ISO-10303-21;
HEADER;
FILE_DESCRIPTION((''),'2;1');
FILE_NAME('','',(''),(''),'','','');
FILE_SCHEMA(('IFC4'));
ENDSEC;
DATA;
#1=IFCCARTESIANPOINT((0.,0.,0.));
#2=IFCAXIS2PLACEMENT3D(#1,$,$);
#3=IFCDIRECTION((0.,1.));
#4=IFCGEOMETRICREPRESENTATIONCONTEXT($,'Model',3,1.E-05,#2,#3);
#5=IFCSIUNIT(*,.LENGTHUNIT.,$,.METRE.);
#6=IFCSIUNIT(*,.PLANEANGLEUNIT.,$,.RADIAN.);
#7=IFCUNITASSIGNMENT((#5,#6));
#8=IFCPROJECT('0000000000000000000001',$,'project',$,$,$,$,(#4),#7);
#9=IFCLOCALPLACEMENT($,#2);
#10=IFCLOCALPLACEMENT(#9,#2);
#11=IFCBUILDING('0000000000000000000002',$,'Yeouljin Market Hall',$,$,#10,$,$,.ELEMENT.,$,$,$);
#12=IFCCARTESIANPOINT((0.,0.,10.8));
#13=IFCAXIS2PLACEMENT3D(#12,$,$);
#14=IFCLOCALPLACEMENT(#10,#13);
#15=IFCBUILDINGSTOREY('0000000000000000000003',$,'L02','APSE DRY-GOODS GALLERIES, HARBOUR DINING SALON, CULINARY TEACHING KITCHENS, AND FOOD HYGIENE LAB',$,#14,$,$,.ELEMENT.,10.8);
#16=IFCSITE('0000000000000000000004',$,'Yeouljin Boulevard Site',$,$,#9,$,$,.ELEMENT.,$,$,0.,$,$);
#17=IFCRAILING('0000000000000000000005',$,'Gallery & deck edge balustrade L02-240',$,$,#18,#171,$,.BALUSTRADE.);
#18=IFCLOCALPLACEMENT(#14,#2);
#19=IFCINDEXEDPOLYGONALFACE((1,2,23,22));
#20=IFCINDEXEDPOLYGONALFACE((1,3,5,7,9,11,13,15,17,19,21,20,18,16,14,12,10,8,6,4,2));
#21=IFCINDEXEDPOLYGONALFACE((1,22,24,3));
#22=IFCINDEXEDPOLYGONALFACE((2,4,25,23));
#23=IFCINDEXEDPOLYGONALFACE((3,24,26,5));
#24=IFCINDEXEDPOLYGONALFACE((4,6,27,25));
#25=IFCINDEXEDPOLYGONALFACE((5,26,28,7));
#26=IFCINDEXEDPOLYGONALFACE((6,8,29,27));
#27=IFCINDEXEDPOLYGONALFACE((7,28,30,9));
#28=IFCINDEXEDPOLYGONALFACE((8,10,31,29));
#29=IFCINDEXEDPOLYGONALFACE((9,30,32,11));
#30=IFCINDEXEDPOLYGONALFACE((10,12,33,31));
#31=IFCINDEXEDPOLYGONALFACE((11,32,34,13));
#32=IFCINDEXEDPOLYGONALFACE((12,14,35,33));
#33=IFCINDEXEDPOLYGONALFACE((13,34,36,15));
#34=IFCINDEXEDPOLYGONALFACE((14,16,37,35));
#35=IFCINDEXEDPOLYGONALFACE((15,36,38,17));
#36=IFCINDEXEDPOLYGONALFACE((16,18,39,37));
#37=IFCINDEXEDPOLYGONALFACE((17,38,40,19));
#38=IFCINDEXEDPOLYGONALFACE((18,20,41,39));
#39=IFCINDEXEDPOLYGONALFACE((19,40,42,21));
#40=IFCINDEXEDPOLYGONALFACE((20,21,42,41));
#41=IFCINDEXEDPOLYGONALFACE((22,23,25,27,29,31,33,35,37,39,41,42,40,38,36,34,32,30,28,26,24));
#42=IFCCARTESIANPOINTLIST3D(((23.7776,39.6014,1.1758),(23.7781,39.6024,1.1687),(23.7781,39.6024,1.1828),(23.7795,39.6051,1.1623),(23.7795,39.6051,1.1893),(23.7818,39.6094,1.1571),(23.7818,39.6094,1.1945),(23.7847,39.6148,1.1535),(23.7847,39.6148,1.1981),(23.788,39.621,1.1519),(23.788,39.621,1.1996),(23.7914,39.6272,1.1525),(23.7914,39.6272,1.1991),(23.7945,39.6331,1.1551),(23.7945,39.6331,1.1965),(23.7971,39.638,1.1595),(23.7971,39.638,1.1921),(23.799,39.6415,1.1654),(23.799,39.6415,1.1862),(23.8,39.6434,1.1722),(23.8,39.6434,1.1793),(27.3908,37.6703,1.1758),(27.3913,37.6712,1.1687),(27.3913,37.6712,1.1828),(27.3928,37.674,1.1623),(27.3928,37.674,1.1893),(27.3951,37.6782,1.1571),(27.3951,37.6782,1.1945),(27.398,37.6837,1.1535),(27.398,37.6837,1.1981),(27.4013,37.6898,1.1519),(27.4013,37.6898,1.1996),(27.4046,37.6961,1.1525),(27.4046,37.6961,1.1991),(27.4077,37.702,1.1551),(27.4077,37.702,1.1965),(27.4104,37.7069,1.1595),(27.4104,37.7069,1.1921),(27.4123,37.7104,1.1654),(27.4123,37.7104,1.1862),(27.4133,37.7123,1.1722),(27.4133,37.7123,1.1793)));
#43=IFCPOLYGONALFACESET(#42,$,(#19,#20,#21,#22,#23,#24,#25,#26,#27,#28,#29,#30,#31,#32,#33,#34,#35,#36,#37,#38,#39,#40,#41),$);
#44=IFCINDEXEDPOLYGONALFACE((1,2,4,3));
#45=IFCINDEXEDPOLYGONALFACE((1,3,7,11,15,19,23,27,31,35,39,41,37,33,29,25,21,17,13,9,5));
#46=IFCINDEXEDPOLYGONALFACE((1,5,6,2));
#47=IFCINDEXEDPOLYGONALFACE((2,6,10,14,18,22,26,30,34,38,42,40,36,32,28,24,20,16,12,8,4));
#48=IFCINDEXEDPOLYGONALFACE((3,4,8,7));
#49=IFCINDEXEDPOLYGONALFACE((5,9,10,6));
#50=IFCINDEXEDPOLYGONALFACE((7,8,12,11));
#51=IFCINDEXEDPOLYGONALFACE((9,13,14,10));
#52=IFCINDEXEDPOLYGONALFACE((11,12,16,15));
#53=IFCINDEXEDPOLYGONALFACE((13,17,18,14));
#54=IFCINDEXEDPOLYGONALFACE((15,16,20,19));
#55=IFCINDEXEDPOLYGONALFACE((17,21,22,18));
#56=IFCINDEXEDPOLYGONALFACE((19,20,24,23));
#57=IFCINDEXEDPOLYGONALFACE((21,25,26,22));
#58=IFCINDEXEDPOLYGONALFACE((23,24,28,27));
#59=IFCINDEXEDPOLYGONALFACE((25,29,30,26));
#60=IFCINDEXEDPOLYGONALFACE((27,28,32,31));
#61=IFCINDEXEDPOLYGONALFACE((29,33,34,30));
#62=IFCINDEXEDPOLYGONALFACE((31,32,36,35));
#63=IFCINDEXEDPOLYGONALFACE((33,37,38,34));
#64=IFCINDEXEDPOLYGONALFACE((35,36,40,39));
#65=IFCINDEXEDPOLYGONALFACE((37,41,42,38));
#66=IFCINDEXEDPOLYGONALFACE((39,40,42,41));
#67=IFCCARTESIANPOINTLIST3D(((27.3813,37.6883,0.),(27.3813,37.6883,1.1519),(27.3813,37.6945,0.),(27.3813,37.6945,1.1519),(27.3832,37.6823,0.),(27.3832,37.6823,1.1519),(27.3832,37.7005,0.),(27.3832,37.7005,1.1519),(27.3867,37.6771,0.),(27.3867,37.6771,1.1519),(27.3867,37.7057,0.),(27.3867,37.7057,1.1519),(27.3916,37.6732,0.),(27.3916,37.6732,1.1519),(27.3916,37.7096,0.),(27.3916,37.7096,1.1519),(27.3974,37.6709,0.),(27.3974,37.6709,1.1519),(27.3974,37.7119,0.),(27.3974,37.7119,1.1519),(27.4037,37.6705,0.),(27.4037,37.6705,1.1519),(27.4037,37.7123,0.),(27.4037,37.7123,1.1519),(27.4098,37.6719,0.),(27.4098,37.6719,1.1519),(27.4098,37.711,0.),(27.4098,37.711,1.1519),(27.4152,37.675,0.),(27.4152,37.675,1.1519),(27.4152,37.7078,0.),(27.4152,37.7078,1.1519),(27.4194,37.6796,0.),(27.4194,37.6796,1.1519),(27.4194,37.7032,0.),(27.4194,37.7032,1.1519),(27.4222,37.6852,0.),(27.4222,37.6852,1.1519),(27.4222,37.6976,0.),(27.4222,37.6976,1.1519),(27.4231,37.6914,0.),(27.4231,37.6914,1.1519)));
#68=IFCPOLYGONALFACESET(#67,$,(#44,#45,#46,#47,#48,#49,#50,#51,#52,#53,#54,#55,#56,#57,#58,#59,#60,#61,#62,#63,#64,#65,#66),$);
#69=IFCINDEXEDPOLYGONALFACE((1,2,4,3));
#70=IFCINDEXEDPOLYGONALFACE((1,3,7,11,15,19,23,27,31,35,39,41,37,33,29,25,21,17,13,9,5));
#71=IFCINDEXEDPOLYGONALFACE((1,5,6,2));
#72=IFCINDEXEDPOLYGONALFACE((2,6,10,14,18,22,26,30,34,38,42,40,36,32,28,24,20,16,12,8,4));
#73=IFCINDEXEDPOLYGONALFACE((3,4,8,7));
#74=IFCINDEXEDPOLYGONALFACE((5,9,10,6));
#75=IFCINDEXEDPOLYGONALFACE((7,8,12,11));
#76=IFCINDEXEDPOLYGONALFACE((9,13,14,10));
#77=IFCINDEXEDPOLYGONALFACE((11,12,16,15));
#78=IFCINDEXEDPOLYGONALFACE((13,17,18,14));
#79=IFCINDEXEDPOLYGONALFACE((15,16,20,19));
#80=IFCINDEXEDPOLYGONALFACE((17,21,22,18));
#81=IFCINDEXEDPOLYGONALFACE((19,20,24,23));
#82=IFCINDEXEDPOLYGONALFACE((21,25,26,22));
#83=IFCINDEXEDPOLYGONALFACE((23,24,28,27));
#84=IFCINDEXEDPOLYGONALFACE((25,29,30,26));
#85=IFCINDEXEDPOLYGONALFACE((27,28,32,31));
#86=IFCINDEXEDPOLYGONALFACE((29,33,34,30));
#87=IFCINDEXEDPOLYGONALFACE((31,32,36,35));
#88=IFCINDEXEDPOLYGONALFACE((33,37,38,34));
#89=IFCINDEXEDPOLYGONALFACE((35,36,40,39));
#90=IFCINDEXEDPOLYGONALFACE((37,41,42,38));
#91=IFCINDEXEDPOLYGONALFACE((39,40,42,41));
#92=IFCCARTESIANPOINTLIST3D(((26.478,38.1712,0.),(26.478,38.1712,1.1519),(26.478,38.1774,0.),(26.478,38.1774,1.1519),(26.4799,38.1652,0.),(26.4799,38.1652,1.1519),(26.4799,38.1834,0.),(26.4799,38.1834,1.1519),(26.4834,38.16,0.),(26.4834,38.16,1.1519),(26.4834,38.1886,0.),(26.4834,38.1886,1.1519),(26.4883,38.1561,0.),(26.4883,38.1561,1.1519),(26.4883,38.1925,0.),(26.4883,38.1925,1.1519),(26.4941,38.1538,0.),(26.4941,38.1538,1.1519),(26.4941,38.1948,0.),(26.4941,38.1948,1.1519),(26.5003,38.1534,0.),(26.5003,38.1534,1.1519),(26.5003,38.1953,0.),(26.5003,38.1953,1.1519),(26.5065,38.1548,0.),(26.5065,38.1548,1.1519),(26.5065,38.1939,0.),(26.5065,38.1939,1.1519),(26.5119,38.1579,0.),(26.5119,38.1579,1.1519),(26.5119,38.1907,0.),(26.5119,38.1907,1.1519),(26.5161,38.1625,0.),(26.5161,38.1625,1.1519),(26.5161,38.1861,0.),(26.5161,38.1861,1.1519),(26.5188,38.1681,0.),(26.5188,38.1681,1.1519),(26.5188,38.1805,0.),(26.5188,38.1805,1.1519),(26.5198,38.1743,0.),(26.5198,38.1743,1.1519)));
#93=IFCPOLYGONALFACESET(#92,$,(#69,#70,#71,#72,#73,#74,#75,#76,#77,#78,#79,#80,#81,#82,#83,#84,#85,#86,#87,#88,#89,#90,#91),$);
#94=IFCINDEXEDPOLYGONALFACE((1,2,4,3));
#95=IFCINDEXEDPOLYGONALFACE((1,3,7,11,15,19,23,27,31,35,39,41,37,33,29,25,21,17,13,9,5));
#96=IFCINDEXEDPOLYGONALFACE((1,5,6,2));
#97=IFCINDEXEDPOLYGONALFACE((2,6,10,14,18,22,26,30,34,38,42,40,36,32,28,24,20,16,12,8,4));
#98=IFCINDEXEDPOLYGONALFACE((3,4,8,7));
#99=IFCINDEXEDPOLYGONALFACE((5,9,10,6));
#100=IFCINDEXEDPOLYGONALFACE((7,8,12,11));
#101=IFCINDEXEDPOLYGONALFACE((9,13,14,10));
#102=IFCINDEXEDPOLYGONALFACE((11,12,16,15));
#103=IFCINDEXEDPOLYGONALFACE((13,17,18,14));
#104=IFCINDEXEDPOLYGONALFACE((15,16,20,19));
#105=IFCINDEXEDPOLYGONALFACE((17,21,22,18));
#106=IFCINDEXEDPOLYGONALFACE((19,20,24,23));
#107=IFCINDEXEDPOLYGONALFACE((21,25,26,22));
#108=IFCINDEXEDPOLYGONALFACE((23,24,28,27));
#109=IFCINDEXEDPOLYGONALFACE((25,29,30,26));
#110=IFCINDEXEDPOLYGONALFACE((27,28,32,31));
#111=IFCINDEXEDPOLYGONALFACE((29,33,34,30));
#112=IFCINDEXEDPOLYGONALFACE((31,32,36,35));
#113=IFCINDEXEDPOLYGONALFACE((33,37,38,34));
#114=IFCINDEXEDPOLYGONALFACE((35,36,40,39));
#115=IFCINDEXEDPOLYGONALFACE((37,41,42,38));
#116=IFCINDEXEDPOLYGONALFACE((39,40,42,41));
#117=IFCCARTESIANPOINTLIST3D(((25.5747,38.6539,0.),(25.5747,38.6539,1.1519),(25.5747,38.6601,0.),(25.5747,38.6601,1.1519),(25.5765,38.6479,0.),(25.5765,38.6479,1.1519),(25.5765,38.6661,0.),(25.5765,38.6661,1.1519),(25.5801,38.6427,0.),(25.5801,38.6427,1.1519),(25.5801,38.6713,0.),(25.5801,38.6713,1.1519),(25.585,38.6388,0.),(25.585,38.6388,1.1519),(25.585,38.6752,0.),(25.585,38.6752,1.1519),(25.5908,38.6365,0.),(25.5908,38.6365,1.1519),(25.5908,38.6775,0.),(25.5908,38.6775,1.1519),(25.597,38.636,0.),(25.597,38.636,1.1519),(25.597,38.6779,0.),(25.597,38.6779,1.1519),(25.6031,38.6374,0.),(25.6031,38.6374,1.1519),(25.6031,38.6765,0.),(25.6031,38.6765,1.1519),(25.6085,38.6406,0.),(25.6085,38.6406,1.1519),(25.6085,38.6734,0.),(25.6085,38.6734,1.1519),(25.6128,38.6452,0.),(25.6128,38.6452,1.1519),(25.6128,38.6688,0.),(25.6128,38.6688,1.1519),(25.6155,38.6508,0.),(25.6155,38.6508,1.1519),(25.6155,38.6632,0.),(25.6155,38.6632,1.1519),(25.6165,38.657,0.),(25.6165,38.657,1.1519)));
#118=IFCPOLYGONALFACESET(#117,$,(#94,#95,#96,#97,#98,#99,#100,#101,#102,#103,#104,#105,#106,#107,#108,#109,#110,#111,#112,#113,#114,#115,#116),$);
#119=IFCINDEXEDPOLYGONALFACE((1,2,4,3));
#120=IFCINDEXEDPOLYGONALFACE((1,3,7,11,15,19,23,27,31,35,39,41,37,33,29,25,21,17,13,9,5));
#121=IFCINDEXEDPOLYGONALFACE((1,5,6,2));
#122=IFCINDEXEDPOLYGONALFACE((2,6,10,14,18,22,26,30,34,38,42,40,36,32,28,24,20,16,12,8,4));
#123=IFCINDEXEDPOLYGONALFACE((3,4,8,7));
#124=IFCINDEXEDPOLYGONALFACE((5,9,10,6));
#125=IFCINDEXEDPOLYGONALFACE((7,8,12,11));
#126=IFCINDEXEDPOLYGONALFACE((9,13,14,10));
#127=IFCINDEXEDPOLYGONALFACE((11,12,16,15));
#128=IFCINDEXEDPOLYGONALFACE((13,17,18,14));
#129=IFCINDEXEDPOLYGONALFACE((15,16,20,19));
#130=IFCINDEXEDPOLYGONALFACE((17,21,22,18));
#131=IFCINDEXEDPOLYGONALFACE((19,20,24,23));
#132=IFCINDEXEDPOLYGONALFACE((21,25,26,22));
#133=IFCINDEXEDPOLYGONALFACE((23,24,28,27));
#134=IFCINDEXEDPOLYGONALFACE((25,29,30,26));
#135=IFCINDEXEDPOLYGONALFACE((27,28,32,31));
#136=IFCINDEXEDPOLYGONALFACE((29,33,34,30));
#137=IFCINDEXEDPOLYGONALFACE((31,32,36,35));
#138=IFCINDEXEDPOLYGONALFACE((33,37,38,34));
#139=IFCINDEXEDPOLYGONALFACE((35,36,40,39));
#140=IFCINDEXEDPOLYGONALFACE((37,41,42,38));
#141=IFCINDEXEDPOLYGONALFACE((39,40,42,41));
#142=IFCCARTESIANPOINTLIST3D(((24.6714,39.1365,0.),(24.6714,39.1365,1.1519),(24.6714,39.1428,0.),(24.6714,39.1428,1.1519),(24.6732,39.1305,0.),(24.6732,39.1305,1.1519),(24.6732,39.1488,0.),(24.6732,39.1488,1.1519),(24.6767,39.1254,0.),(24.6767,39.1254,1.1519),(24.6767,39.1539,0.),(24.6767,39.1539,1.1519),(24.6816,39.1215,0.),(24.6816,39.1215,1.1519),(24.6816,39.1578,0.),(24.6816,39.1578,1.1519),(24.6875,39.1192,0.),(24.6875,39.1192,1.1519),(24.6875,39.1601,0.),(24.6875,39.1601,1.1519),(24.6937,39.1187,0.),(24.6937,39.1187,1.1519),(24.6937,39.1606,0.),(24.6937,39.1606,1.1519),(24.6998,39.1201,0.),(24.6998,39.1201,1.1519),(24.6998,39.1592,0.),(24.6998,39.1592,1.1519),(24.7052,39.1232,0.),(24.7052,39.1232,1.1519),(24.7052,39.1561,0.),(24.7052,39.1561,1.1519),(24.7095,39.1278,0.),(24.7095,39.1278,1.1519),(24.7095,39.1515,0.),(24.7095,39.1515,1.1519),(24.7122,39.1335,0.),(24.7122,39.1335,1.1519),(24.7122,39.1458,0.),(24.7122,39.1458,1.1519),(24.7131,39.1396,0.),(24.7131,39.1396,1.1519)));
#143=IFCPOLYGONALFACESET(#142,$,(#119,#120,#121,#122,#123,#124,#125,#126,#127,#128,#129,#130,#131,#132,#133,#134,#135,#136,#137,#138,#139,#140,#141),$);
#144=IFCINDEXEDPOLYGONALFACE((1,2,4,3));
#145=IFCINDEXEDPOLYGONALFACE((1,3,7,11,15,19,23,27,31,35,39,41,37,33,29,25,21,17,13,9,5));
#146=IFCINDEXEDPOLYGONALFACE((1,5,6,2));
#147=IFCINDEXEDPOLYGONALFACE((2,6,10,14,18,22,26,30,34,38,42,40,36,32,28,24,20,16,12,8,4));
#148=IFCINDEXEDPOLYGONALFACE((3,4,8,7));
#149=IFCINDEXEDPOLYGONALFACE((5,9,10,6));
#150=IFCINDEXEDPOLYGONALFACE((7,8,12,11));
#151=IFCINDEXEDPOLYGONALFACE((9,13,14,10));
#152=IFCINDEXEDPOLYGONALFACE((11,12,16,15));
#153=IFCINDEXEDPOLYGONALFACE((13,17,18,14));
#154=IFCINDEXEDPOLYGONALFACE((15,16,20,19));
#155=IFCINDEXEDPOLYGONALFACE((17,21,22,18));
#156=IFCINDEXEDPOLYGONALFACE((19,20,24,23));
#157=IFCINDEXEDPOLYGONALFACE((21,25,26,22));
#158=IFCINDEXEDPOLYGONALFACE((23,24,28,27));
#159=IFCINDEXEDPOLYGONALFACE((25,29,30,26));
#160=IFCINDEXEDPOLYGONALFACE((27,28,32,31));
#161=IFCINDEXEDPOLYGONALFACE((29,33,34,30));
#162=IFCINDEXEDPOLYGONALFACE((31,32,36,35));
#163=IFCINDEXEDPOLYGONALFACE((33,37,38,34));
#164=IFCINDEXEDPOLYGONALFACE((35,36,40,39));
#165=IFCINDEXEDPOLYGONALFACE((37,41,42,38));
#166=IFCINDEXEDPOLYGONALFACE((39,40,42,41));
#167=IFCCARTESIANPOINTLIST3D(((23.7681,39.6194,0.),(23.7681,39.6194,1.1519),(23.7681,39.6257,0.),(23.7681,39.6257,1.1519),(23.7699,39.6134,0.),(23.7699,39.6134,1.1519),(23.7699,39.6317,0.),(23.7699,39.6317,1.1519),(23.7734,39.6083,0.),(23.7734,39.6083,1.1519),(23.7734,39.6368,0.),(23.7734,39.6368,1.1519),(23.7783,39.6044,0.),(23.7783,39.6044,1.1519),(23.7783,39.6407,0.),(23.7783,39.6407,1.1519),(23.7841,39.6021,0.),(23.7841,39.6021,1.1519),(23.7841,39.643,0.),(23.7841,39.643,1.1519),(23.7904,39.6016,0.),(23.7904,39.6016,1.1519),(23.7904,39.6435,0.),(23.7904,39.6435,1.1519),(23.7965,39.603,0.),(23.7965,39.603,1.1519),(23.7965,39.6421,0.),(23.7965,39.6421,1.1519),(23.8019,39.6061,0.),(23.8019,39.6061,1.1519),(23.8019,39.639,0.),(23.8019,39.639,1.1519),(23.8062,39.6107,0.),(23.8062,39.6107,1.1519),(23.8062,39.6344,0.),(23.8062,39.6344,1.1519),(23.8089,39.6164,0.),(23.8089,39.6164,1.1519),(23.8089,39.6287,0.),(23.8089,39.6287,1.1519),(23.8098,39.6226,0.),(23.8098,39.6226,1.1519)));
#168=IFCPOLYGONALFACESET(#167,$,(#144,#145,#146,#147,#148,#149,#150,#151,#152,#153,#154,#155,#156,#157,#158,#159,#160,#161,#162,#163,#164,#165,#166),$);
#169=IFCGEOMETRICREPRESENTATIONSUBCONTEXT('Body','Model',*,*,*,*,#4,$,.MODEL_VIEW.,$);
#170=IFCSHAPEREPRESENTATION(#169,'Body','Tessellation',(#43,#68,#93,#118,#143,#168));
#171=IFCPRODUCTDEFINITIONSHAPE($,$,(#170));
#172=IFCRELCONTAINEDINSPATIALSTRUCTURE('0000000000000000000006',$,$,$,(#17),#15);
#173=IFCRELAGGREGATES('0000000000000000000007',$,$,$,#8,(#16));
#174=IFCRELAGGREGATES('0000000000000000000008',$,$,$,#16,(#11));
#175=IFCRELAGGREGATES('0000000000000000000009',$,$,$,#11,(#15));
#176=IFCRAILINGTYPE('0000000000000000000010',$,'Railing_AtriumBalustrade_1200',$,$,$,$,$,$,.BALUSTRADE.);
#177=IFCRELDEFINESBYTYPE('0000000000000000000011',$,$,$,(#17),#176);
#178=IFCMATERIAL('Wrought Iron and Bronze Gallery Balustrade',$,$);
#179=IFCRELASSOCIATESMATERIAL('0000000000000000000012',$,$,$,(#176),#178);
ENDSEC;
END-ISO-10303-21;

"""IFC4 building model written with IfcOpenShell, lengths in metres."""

from ifc_helpers import new_model, si_unit, direction, frame, origin, origin_2d, place, context, subcontext, project, spatial, circle, extrude, material, type_object, element, save


model = new_model("IFC4")

# Units and contexts
model_context = context("Model", 3, precision=1e-05, world=origin(), true_north=direction((0.0, 1.0)))
body_context = subcontext(model_context, "Body", "Model", "MODEL_VIEW")
ifc_project = project(units=[si_unit("LENGTHUNIT", "METRE"), si_unit("PLANEANGLEUNIT", "RADIAN")], contexts=[model_context])

# Site, building, storey
site_placement = place(None, origin())
site = spatial("IfcSite", under=ifc_project, at=site_placement, Name="Yeouljin Boulevard Site", CompositionType="ELEMENT", RefElevation=0.0)
building_placement = place(site_placement, origin())
building = spatial("IfcBuilding", under=site, at=building_placement, Name="Yeouljin Market Hall", CompositionType="ELEMENT")
storey_placement = place(building_placement, frame((0.0, 0.0, 10.8)))
storey = spatial("IfcBuildingStorey", under=building, at=storey_placement, Name="L02", Description="APSE DRY-GOODS GALLERIES, HARBOUR DINING SALON, CULINARY TEACHING KITCHENS, AND FOOD HYGIENE LAB", CompositionType="ELEMENT", Elevation=10.8)

# Railing
ifc_material_1 = material(Name="Wrought Iron and Bronze Gallery Balustrade")
railing_type = type_object("IfcRailingType", Name="Railing_AtriumBalustrade_1200", PredefinedType="BALUSTRADE", material=ifc_material_1)
railing_1_placement = place(storey_placement, frame((27.4021, 37.6914, 0.0)))
element("IfcRailing", 1, at=railing_1_placement, inside=storey, type_object=railing_type, Name="Gallery & deck edge balustrade L02-240", PredefinedType="BALUSTRADE", context=body_context, shape_type="SweptSolid", body=[
    extrude(circle(Radius=0.0239, at=origin_2d()), frame((0.0, 0.0, 1.1758), z_axis=(-0.88194, 0.471361, 0.0), x_axis=(-0.471361, -0.88194, 0.0)), (0.0, 0.0, 1.0), 4.0969),
    extrude(circle(Radius=0.021, at=origin_2d()), origin(), (0.0, 0.0, 1.0), 1.1519),
    extrude(circle(Radius=0.021, at=origin_2d()), frame((-0.9033, 0.4829, 0.0)), (0.0, 0.0, 1.0), 1.1519),
    extrude(circle(Radius=0.021, at=origin_2d()), frame((-1.8066, 0.9656, 0.0)), (0.0, 0.0, 1.0), 1.1519),
    extrude(circle(Radius=0.021, at=origin_2d()), frame((-2.71, 1.4482, 0.0)), (0.0, 0.0, 1.0), 1.1519),
    extrude(circle(Radius=0.021, at=origin_2d()), frame((-3.6133, 1.9312, 0.0)), (0.0, 0.0, 1.0), 1.1519),
])

save(model, "model.ifc")
